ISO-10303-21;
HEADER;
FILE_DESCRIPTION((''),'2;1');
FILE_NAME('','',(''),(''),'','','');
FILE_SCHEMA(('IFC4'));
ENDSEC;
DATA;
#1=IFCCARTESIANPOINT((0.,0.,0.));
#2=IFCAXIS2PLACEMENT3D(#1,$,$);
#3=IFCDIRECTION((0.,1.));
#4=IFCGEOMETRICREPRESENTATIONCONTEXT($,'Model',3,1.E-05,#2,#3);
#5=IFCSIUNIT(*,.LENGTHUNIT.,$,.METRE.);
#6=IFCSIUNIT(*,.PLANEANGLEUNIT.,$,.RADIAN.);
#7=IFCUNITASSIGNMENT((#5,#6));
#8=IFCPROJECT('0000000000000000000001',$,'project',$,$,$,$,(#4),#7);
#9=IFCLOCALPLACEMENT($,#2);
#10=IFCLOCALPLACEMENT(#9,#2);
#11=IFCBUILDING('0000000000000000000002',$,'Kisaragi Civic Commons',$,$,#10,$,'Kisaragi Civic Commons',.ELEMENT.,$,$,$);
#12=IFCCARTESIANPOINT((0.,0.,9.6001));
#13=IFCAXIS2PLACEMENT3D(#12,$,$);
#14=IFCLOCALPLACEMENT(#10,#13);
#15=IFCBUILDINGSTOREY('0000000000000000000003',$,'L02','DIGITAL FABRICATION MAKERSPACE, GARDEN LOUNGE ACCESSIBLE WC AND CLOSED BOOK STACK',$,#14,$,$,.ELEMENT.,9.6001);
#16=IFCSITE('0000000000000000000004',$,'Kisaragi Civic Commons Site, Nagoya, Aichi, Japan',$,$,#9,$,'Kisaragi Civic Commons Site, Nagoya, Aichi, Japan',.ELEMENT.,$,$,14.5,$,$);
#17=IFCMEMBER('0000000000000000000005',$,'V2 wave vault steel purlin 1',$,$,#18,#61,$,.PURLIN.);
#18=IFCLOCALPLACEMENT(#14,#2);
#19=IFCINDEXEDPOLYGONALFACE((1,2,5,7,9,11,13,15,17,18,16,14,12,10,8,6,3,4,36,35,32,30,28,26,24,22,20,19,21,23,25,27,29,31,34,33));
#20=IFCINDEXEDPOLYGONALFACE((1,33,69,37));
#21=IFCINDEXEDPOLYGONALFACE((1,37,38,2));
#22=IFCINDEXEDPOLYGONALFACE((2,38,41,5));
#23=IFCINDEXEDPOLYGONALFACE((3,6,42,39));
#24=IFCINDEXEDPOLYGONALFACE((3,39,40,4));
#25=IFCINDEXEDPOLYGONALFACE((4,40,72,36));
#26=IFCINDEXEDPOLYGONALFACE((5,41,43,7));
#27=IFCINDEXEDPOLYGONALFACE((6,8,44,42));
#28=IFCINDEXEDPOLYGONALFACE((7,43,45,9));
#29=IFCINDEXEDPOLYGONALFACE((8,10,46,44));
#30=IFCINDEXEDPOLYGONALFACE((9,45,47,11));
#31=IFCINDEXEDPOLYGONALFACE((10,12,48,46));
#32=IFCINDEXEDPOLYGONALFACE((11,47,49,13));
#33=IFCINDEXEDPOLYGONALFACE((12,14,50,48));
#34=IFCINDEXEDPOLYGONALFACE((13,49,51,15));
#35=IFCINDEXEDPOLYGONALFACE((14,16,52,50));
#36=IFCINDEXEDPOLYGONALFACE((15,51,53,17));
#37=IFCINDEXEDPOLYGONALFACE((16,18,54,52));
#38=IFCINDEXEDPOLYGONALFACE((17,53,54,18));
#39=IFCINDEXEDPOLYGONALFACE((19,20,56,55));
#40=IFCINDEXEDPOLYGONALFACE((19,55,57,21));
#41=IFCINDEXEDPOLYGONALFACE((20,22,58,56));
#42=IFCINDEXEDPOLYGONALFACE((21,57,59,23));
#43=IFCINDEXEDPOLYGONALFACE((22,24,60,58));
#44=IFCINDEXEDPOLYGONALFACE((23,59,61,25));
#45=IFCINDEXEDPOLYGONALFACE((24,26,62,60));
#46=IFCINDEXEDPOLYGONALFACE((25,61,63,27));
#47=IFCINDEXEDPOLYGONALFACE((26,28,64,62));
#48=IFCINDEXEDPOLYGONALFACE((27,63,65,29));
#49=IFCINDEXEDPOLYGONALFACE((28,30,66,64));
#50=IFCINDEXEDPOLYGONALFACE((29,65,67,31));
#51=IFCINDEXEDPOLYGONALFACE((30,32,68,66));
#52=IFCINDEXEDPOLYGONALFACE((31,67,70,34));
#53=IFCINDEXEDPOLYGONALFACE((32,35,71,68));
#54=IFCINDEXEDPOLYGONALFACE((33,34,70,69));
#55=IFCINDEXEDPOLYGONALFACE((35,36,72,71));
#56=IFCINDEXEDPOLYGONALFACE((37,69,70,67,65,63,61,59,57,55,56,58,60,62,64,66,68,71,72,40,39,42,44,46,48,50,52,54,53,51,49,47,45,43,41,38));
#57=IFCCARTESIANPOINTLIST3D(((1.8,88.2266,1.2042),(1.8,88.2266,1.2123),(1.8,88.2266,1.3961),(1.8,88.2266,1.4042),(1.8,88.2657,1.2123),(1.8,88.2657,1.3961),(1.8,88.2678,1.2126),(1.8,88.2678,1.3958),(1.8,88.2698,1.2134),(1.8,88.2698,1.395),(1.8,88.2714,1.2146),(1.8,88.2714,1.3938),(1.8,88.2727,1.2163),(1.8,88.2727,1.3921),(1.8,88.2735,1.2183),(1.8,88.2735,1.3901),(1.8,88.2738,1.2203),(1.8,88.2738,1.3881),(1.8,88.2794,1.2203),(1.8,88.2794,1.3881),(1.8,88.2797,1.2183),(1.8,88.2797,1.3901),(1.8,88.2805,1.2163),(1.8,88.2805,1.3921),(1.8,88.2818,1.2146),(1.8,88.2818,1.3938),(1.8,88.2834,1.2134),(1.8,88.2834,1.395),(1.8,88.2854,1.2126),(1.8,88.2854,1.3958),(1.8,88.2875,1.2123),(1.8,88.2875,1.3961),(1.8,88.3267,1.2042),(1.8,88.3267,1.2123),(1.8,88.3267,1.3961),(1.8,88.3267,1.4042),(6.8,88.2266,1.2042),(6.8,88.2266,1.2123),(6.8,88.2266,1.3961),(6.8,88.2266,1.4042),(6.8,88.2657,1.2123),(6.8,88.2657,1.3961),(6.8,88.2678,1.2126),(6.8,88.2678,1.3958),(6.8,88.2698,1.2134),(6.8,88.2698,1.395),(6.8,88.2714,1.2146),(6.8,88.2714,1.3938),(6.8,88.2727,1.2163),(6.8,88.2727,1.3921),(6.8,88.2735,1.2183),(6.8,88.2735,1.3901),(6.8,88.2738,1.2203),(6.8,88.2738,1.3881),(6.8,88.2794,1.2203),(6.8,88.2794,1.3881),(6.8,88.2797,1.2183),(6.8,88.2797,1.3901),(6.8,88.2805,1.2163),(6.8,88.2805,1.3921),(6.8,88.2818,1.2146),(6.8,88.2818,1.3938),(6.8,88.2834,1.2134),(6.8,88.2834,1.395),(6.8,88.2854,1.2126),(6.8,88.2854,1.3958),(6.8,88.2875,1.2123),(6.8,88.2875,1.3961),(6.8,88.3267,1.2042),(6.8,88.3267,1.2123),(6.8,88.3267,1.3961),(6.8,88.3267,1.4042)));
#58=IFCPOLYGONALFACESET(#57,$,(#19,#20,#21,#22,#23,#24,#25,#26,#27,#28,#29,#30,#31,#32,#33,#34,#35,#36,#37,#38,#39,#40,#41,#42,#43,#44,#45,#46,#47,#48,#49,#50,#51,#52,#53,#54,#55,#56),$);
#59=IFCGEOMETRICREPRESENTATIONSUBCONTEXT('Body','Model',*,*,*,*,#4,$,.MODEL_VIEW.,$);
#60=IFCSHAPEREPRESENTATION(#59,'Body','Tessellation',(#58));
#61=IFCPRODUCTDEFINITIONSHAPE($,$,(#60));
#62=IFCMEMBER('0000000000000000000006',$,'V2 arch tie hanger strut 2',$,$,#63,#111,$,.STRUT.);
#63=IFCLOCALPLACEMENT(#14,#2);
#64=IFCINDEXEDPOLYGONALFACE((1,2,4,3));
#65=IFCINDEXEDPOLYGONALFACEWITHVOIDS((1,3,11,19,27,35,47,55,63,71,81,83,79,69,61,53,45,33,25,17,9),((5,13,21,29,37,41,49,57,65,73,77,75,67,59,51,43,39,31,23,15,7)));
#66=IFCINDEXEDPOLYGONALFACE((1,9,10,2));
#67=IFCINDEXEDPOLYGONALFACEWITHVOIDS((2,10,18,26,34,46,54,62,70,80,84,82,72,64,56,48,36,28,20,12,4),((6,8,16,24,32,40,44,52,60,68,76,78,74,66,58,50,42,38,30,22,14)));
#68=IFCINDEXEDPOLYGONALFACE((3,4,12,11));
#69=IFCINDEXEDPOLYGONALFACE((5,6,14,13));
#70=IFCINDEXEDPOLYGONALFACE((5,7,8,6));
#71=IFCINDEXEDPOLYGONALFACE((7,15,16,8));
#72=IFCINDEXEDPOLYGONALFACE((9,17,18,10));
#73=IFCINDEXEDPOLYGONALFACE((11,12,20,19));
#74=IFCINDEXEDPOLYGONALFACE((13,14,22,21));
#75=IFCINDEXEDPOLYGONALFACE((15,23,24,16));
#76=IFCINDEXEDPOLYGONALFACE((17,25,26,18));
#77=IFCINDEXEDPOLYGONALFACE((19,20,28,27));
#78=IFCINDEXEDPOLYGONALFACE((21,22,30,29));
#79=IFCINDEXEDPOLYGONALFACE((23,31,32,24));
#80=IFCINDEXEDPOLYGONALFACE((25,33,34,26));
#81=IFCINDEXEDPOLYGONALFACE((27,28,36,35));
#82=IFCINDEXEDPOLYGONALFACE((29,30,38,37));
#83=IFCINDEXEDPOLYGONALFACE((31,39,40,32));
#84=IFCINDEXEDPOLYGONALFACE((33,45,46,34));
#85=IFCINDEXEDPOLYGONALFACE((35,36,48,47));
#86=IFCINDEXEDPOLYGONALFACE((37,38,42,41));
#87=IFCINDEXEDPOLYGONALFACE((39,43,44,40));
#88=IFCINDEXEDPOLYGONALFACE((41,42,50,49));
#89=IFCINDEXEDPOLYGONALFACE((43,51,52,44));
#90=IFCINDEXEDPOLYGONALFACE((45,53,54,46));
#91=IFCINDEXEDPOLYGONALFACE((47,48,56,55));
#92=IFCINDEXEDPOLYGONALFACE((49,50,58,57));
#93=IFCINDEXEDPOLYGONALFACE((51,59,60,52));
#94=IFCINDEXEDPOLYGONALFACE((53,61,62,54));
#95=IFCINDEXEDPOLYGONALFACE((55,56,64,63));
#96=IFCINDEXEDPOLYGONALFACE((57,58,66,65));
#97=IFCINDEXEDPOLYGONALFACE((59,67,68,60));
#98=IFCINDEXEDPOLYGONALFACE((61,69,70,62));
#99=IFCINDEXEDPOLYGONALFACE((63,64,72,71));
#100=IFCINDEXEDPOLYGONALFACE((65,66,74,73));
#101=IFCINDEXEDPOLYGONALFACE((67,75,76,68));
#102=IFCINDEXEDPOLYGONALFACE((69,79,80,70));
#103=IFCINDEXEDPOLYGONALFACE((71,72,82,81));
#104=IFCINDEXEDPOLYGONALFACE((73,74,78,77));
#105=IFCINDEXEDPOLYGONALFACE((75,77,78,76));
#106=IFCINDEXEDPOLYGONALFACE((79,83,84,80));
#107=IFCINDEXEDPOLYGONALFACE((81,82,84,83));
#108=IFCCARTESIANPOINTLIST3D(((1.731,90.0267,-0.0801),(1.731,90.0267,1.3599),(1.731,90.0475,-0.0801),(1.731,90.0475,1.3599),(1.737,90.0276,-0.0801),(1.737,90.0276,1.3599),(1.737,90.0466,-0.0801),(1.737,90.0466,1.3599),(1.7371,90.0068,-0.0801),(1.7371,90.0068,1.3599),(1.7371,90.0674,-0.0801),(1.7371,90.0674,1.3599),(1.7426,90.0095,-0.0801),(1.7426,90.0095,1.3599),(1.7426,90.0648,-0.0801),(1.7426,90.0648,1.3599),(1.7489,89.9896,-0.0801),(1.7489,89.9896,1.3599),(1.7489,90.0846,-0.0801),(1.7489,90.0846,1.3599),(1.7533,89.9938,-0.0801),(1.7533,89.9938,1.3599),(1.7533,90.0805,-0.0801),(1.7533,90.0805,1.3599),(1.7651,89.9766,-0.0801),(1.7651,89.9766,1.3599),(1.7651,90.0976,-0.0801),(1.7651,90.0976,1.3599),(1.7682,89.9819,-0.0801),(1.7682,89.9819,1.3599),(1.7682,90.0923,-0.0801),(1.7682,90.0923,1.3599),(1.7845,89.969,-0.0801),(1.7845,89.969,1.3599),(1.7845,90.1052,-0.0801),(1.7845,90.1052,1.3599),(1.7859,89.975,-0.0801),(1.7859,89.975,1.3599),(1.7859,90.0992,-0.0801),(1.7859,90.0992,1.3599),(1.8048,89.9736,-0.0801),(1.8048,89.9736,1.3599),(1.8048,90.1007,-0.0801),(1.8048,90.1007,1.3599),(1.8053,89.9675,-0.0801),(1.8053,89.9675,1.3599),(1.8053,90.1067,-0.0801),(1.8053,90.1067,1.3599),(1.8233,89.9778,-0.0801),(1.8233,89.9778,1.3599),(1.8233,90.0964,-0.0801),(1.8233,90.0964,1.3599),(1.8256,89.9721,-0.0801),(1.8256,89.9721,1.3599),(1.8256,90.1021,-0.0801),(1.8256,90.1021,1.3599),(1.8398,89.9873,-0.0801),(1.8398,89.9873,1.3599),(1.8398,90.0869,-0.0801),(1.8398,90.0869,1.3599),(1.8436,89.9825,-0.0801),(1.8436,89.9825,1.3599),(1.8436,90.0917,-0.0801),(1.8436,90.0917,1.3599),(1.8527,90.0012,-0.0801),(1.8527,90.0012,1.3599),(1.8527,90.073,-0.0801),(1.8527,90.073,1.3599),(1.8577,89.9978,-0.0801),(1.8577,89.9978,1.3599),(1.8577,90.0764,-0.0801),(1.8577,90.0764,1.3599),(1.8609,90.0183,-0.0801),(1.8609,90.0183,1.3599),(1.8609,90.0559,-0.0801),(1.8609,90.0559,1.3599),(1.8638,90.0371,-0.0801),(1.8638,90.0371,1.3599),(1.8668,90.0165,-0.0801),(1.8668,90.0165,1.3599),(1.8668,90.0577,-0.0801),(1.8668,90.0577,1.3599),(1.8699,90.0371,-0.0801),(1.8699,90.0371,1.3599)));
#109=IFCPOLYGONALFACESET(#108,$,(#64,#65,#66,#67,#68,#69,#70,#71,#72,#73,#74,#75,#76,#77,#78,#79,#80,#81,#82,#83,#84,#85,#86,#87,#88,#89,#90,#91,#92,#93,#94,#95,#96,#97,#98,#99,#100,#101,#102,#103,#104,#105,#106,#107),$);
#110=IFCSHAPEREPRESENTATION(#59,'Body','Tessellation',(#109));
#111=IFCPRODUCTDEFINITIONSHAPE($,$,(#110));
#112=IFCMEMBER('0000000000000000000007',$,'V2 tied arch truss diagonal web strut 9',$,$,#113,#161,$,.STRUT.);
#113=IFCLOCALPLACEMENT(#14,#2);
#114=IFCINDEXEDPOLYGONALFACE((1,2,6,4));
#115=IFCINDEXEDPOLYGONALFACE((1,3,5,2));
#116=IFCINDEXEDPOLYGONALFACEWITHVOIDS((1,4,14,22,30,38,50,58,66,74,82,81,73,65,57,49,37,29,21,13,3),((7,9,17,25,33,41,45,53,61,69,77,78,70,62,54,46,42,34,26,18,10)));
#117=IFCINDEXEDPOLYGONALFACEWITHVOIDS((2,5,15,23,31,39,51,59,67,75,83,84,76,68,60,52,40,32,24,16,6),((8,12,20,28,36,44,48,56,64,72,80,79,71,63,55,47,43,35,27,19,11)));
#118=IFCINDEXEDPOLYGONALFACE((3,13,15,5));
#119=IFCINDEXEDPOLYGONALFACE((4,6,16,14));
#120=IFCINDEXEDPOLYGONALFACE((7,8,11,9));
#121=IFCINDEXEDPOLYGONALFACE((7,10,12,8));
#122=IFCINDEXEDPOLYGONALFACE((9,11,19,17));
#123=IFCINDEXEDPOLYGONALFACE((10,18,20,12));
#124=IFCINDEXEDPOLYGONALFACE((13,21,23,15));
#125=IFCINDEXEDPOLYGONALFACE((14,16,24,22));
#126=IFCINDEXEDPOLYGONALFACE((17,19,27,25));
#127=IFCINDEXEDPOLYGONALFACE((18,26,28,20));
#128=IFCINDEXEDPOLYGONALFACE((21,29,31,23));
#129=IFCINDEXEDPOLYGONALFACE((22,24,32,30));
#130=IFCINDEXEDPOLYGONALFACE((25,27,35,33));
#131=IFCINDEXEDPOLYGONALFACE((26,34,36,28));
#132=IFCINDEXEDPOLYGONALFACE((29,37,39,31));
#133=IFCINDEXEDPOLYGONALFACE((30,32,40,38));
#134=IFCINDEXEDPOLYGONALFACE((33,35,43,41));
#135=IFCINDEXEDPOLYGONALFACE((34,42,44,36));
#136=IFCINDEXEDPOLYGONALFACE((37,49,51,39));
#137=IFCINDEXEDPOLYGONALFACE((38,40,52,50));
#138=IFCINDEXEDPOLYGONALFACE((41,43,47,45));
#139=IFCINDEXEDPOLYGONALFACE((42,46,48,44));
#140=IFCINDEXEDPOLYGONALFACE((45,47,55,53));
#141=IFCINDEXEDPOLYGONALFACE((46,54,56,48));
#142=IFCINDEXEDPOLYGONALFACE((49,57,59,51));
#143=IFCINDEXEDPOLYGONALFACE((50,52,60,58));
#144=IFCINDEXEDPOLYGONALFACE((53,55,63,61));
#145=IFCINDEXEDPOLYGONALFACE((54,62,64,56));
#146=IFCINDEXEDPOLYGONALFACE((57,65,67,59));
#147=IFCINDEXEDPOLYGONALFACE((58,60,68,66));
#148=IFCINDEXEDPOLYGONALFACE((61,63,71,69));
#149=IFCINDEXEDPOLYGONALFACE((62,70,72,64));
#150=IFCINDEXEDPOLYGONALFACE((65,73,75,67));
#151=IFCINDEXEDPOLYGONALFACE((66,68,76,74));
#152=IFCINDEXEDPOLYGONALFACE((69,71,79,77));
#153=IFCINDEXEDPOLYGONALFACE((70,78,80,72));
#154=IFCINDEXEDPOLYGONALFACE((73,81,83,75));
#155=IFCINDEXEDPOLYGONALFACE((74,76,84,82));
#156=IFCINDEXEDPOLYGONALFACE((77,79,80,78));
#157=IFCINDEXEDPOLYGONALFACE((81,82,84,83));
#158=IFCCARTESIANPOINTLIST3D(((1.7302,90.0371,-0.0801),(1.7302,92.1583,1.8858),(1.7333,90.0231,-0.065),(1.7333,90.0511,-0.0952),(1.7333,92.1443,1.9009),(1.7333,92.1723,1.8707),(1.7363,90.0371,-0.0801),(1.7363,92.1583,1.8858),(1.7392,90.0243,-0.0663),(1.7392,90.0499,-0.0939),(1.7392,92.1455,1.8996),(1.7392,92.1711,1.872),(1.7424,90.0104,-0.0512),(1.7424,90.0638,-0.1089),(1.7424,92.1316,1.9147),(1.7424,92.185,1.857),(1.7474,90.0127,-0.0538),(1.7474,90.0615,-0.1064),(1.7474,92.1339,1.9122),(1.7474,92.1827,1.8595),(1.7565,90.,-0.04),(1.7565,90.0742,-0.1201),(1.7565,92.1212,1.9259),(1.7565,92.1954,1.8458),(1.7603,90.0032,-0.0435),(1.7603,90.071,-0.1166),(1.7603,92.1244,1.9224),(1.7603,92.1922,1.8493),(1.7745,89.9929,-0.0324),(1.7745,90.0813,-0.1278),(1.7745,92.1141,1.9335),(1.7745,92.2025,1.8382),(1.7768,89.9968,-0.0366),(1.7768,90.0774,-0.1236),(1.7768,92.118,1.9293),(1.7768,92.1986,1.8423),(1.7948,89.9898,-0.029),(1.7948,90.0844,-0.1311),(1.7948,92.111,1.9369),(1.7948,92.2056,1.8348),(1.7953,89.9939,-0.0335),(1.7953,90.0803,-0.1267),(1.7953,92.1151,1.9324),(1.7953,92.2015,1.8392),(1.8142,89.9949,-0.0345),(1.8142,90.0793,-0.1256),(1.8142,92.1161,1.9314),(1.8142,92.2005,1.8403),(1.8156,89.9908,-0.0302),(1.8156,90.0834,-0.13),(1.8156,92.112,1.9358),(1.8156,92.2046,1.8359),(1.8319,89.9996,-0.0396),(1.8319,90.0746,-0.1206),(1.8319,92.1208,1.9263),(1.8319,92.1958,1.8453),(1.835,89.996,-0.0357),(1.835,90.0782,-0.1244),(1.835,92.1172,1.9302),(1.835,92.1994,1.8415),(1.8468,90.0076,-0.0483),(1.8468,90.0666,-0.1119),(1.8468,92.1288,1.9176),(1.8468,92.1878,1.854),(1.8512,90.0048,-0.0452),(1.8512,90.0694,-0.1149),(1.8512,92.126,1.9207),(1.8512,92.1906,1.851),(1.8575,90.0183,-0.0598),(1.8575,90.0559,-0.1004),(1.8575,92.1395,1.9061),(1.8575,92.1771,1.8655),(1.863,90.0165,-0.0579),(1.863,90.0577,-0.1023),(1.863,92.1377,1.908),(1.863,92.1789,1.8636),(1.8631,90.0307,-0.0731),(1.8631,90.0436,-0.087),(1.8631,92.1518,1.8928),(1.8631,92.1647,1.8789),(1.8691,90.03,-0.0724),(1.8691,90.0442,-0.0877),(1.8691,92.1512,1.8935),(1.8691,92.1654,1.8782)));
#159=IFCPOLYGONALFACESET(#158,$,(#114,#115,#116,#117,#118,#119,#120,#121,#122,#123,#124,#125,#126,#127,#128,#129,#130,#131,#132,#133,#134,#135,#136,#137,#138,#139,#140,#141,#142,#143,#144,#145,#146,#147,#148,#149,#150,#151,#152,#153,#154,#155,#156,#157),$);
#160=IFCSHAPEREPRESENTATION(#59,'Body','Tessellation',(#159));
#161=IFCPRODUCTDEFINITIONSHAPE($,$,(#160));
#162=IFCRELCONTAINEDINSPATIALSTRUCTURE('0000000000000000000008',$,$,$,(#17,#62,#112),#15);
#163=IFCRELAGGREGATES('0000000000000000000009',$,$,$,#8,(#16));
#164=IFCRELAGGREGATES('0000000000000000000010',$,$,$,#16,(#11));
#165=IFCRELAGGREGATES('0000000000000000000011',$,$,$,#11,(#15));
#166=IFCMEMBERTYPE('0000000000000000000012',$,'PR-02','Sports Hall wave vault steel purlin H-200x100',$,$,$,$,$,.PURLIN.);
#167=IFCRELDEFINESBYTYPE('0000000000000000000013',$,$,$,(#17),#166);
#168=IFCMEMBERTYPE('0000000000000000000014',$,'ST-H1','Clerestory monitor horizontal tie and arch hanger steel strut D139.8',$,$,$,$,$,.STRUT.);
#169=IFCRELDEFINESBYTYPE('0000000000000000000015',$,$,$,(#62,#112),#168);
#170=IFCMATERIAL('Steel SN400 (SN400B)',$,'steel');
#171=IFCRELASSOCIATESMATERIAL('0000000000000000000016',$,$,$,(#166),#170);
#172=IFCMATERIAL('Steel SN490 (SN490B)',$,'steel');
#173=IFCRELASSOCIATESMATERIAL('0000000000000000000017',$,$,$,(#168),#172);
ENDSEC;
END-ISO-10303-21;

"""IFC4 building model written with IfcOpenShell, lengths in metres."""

from ifc_helpers import new_model, si_unit, direction, frame, origin, origin_2d, place, context, subcontext, project, spatial, hollow_circle, i_section, extrude, material, material_profile, profile_set, type_object, element, save


model = new_model("IFC4")

# Units and contexts
model_context = context("Model", 3, precision=1e-05, world=origin(), true_north=direction((0.0, 1.0)))
body_context = subcontext(model_context, "Body", "Model", "MODEL_VIEW")
ifc_project = project(units=[si_unit("LENGTHUNIT", "METRE"), si_unit("PLANEANGLEUNIT", "RADIAN")], contexts=[model_context])

# Site, building, storey
site_placement = place(None, origin())
site = spatial("IfcSite", under=ifc_project, at=site_placement, Name="Kisaragi Civic Commons Site, Nagoya, Aichi, Japan", LongName="Kisaragi Civic Commons Site, Nagoya, Aichi, Japan", CompositionType="ELEMENT", RefElevation=14.5)
building_placement = place(site_placement, origin())
building = spatial("IfcBuilding", under=site, at=building_placement, Name="Kisaragi Civic Commons", LongName="Kisaragi Civic Commons", CompositionType="ELEMENT")
storey_placement = place(building_placement, frame((0.0, 0.0, 9.6001)))
storey = spatial("IfcBuildingStorey", under=building, at=storey_placement, Name="L02", Description="DIGITAL FABRICATION MAKERSPACE, GARDEN LOUNGE ACCESSIBLE WC AND CLOSED BOOK STACK", CompositionType="ELEMENT", Elevation=9.6001)

# Members
ifc_material_1 = material(Name="Steel SN490 (SN490B)", Category="steel")
ifc_material_2 = material(Name="Steel SN400 (SN400B)", Category="steel")
ifc_material_profile_1 = material_profile(ifc_material_2, i_section(OverallWidth=0.1001, OverallDepth=0.2, WebThickness=0.0056, FlangeThickness=0.0081, FilletRadius=0.0081, at=origin_2d()), Name="H-200x100x5.5x8", Category="steel")
ifc_profile_set_1 = profile_set([ifc_material_profile_1], Name="Steel SN400 (SN400B)")
member_type_1 = type_object("IfcMemberType", Name="PR-02", Description="Sports Hall wave vault steel purlin H-200x100", PredefinedType="PURLIN", material=ifc_profile_set_1)
member_1_placement = place(storey_placement, frame((1.8, 88.2766, 1.3042), z_axis=(1.0, 0.0, 0.0), x_axis=(0.0, 1.0, 0.0)))
element("IfcMember", 1, at=member_1_placement, inside=storey, type_object=member_type_1, Name="V2 wave vault steel purlin 1", PredefinedType="PURLIN", context=body_context, shape_type="SweptSolid", body=[
    extrude(i_section(OverallWidth=0.1001, OverallDepth=0.2, WebThickness=0.0056, FlangeThickness=0.0081, FilletRadius=0.0081, at=origin_2d()), origin(), (0.0, 0.0, 1.0), 5.0),
])
ifc_material_profile_2 = material_profile(ifc_material_1, hollow_circle(Radius=0.0698, WallThickness=0.0061, at=origin_2d()), Name="CHS-139.8x6.0", Category="steel")
ifc_profile_set_2 = profile_set([ifc_material_profile_2], Name="Steel SN490 (SN490B)")
member_type_2 = type_object("IfcMemberType", Name="ST-H1", Description="Clerestory monitor horizontal tie and arch hanger steel strut D139.8", PredefinedType="STRUT", material=ifc_profile_set_2)
member_2_placement = place(storey_placement, frame((1.8, 90.0371, -0.0801), z_axis=(0.0, 0.0, 1.0), x_axis=(1.0, 0.0, 0.0)))
element("IfcMember", 2, at=member_2_placement, inside=storey, type_object=member_type_2, Name="V2 arch tie hanger strut 2", PredefinedType="STRUT", context=body_context, shape_type="SweptSolid", body=[
    extrude(hollow_circle(Radius=0.0698, WallThickness=0.0061, at=origin_2d()), origin(), (0.0, 0.0, 1.0), 1.4399),
])
member_3_placement = place(storey_placement, frame((1.8, 90.0371, -0.0801), z_axis=(0.0, 0.733443, 0.679751), x_axis=(-1.0, 0.0, 0.0)))
element("IfcMember", 3, at=member_3_placement, inside=storey, type_object=member_type_2, Name="V2 tied arch truss diagonal web strut 9", PredefinedType="STRUT", context=body_context, shape_type="SweptSolid", body=[
    extrude(hollow_circle(Radius=0.0698, WallThickness=0.0061, at=origin_2d()), origin(), (0.0, 0.0, 1.0), 2.8921),
])

save(model, "model.ifc")
